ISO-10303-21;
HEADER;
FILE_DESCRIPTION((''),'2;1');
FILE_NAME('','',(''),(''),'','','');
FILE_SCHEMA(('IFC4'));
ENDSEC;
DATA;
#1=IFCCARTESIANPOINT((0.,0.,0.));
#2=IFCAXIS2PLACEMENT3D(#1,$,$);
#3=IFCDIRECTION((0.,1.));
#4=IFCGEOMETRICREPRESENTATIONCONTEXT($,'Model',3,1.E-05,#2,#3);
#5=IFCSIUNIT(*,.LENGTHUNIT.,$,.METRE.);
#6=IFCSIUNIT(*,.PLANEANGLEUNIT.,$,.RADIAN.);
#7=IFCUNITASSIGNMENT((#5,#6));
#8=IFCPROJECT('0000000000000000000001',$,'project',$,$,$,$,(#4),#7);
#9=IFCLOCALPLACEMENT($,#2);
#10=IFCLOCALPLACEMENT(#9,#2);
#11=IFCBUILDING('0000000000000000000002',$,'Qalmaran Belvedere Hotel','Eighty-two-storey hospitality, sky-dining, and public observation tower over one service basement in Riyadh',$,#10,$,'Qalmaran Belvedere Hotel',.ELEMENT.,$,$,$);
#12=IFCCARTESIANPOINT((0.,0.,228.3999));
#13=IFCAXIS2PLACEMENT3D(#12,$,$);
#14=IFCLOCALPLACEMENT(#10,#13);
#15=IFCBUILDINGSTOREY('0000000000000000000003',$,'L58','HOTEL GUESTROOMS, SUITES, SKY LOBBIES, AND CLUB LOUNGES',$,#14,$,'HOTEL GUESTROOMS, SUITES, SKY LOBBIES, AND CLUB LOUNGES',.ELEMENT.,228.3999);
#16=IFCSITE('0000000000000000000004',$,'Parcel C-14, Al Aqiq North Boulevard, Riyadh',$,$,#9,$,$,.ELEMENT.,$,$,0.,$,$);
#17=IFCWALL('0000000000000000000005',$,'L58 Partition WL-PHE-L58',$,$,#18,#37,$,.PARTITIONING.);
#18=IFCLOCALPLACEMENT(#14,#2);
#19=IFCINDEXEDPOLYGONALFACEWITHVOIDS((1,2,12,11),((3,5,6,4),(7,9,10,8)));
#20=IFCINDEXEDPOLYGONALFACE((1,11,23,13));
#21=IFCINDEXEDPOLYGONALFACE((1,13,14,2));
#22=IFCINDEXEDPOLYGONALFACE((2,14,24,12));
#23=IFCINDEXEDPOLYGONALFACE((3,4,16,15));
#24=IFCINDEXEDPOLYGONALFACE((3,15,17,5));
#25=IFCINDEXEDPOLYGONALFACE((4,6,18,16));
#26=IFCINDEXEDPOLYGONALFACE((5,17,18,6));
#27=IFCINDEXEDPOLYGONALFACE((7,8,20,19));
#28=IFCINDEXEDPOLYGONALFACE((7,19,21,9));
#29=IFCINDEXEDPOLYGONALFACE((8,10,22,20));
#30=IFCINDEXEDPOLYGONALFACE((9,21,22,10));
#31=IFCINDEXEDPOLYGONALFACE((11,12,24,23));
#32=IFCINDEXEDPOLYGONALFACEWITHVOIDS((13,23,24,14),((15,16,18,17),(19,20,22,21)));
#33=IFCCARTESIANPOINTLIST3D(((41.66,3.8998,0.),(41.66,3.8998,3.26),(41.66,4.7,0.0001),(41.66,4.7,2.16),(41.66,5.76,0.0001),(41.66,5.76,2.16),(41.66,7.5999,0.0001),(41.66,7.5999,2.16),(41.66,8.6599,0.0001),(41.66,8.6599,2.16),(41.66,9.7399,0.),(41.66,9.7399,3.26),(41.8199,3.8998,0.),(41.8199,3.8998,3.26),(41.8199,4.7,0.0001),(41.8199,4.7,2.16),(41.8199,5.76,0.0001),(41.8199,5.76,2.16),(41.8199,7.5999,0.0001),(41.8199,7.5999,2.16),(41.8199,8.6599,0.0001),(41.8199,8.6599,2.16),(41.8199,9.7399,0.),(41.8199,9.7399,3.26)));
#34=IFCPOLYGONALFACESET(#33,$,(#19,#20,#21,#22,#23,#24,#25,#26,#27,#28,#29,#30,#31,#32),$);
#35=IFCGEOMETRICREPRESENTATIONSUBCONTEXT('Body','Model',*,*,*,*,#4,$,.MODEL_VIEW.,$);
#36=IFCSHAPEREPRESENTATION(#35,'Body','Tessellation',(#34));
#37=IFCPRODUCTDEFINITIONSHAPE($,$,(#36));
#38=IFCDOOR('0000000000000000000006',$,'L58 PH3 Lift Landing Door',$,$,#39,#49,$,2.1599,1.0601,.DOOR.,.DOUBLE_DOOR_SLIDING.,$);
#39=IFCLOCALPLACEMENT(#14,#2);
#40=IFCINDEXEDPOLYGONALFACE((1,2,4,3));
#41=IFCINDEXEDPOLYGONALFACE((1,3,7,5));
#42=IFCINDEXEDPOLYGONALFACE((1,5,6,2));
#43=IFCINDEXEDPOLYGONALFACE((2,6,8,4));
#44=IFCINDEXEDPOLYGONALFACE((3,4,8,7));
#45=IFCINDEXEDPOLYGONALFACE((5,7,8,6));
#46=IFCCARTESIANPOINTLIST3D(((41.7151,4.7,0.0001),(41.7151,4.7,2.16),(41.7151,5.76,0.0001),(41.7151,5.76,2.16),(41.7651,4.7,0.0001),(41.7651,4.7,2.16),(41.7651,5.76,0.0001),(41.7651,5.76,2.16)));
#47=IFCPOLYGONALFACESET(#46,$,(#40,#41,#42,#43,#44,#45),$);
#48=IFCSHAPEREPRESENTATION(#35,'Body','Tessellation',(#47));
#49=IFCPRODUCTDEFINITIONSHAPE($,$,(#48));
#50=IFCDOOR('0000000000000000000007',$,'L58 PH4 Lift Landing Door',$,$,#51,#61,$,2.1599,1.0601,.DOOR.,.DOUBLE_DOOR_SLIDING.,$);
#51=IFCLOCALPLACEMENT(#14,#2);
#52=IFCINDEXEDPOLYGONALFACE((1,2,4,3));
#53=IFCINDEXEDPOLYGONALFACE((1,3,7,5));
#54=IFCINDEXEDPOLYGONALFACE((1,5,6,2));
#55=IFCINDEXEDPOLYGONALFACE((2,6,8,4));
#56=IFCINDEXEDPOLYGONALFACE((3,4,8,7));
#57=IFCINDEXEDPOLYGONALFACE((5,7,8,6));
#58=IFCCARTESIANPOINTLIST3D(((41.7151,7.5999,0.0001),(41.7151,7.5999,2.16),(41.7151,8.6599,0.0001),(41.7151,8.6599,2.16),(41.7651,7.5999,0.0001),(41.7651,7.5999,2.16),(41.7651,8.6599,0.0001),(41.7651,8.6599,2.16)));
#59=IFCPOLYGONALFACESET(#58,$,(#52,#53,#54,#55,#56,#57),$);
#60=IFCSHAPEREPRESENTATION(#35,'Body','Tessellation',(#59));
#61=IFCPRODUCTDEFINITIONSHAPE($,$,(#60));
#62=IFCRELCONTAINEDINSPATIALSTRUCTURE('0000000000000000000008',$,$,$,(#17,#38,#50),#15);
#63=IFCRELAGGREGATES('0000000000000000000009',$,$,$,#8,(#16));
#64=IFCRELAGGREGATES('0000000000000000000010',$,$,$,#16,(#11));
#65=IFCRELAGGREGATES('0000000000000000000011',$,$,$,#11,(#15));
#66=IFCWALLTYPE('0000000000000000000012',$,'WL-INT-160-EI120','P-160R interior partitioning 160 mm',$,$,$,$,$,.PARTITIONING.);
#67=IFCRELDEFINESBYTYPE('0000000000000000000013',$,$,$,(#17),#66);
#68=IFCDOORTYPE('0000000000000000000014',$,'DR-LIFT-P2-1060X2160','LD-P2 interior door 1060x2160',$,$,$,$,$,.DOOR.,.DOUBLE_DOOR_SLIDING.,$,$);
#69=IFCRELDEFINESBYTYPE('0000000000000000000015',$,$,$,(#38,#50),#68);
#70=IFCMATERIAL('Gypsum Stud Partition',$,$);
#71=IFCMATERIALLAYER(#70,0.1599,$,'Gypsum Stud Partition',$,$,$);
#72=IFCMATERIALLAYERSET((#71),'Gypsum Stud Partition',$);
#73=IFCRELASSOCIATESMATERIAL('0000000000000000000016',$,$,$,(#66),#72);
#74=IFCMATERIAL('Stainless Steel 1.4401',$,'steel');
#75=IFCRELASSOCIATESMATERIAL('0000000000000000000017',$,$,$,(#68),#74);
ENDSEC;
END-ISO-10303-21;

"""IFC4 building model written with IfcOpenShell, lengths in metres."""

from ifc_helpers import new_model, si_unit, direction, frame, frame_2d, origin, place, context, subcontext, project, spatial, rectangle, extrude, material, layer, layer_set, type_object, element, fill, save


model = new_model("IFC4")

# Units and contexts
model_context = context("Model", 3, precision=1e-05, world=origin(), true_north=direction((0.0, 1.0)))
body_context = subcontext(model_context, "Body", "Model", "MODEL_VIEW")
ifc_project = project(units=[si_unit("LENGTHUNIT", "METRE"), si_unit("PLANEANGLEUNIT", "RADIAN")], contexts=[model_context])

# Site, building, storey
site_placement = place(None, origin())
site = spatial("IfcSite", under=ifc_project, at=site_placement, Name="Parcel C-14, Al Aqiq North Boulevard, Riyadh", CompositionType="ELEMENT", RefElevation=0.0)
building_placement = place(site_placement, origin())
building = spatial("IfcBuilding", under=site, at=building_placement, Name="Qalmaran Belvedere Hotel", Description="Eighty-two-storey hospitality, sky-dining, and public observation tower over one service basement in Riyadh", LongName="Qalmaran Belvedere Hotel", CompositionType="ELEMENT")
storey_placement = place(building_placement, frame((0.0, 0.0, 228.3999)))
storey = spatial("IfcBuildingStorey", under=building, at=storey_placement, Name="L58", Description="HOTEL GUESTROOMS, SUITES, SKY LOBBIES, AND CLUB LOUNGES", LongName="HOTEL GUESTROOMS, SUITES, SKY LOBBIES, AND CLUB LOUNGES", CompositionType="ELEMENT", Elevation=228.3999)

# Shared definitions
ifc_material_1 = material(Name="Gypsum Stud Partition")

# Wall, openings, doors
ifc_layer_1 = layer(ifc_material_1, 0.1599, Name="Gypsum Stud Partition")
ifc_layer_set_1 = layer_set([ifc_layer_1], Name="Gypsum Stud Partition")
wall_type_1 = type_object("IfcWallType", Name="WL-INT-160-EI120", Description="P-160R interior partitioning 160 mm", PredefinedType="PARTITIONING", material=ifc_layer_set_1)
wall_1_placement = place(storey_placement, frame((41.74, 3.8999, 0.0), z_axis=(0.0, 0.0, 1.0), x_axis=(0.0, 1.0, 0.0)))
wall_1 = element("IfcWall", 1, at=wall_1_placement, inside=storey, type_object=wall_type_1, Name="L58 Partition WL-PHE-L58", PredefinedType="PARTITIONING", context=body_context, shape_type="SweptSolid", body=[
    extrude(rectangle(XDim=5.8401, YDim=0.1599, at=frame_2d((2.9199, 0.0))), origin(), (0.0, 0.0, 1.0), 3.26),
])
opening_1_placement = place(wall_1_placement, frame((0.8, 0.0, 0.0)))
opening_1 = element("IfcOpeningElement", 2, at=opening_1_placement, cuts=wall_1, PredefinedType="OPENING", context=body_context, shape_type="SweptSolid", body=[
    extrude(rectangle(XDim=1.0601, YDim=2.1599, at=frame_2d((0.53, 1.0801))), frame((0.0, 0.0898, 0.0), z_axis=(0.0, -1.0, 0.0), x_axis=(1.0, 0.0, 0.0)), (0.0, 0.0, 1.0), 0.1799),
])
opening_2_placement = place(wall_1_placement, frame((3.7, 0.0, 0.0)))
opening_2 = element("IfcOpeningElement", 3, at=opening_2_placement, cuts=wall_1, PredefinedType="OPENING", context=body_context, shape_type="SweptSolid", body=[
    extrude(rectangle(XDim=1.0601, YDim=2.1599, at=frame_2d((0.53, 1.0801))), frame((0.0, 0.0898, 0.0), z_axis=(0.0, -1.0, 0.0), x_axis=(1.0, 0.0, 0.0)), (0.0, 0.0, 1.0), 0.1799),
])
ifc_material_2 = material(Name="Stainless Steel 1.4401", Category="steel")
door_type = type_object("IfcDoorType", Name="DR-LIFT-P2-1060X2160", Description="LD-P2 interior door 1060x2160", OperationType="DOUBLE_DOOR_SLIDING", PredefinedType="DOOR", material=ifc_material_2)
door_1_placement = place(opening_1_placement, origin())
door_1 = element("IfcDoor", 4, at=door_1_placement, inside=storey, type_object=door_type, Name="L58 PH3 Lift Landing Door", OperationType="DOUBLE_DOOR_SLIDING", OverallHeight=2.1599, OverallWidth=1.0601, PredefinedType="DOOR", context=body_context, shape_type="SweptSolid", body=[
    extrude(rectangle(XDim=1.0601, YDim=2.1599, at=frame_2d((0.53, 1.0801))), frame((0.0, 0.0249, 0.0), z_axis=(0.0, -1.0, 0.0), x_axis=(1.0, 0.0, 0.0)), (0.0, 0.0, 1.0), 0.05),
])
fill(opening_1, door_1)
door_2_placement = place(opening_2_placement, origin())
door_2 = element("IfcDoor", 5, at=door_2_placement, inside=storey, type_object=door_type, Name="L58 PH4 Lift Landing Door", OperationType="DOUBLE_DOOR_SLIDING", OverallHeight=2.1599, OverallWidth=1.0601, PredefinedType="DOOR", context=body_context, shape_type="SweptSolid", body=[
    extrude(rectangle(XDim=1.0601, YDim=2.1599, at=frame_2d((0.53, 1.0801))), frame((0.0, 0.0249, 0.0), z_axis=(0.0, -1.0, 0.0), x_axis=(1.0, 0.0, 0.0)), (0.0, 0.0, 1.0), 0.05),
])
fill(opening_2, door_2)

save(model, "model.ifc")
